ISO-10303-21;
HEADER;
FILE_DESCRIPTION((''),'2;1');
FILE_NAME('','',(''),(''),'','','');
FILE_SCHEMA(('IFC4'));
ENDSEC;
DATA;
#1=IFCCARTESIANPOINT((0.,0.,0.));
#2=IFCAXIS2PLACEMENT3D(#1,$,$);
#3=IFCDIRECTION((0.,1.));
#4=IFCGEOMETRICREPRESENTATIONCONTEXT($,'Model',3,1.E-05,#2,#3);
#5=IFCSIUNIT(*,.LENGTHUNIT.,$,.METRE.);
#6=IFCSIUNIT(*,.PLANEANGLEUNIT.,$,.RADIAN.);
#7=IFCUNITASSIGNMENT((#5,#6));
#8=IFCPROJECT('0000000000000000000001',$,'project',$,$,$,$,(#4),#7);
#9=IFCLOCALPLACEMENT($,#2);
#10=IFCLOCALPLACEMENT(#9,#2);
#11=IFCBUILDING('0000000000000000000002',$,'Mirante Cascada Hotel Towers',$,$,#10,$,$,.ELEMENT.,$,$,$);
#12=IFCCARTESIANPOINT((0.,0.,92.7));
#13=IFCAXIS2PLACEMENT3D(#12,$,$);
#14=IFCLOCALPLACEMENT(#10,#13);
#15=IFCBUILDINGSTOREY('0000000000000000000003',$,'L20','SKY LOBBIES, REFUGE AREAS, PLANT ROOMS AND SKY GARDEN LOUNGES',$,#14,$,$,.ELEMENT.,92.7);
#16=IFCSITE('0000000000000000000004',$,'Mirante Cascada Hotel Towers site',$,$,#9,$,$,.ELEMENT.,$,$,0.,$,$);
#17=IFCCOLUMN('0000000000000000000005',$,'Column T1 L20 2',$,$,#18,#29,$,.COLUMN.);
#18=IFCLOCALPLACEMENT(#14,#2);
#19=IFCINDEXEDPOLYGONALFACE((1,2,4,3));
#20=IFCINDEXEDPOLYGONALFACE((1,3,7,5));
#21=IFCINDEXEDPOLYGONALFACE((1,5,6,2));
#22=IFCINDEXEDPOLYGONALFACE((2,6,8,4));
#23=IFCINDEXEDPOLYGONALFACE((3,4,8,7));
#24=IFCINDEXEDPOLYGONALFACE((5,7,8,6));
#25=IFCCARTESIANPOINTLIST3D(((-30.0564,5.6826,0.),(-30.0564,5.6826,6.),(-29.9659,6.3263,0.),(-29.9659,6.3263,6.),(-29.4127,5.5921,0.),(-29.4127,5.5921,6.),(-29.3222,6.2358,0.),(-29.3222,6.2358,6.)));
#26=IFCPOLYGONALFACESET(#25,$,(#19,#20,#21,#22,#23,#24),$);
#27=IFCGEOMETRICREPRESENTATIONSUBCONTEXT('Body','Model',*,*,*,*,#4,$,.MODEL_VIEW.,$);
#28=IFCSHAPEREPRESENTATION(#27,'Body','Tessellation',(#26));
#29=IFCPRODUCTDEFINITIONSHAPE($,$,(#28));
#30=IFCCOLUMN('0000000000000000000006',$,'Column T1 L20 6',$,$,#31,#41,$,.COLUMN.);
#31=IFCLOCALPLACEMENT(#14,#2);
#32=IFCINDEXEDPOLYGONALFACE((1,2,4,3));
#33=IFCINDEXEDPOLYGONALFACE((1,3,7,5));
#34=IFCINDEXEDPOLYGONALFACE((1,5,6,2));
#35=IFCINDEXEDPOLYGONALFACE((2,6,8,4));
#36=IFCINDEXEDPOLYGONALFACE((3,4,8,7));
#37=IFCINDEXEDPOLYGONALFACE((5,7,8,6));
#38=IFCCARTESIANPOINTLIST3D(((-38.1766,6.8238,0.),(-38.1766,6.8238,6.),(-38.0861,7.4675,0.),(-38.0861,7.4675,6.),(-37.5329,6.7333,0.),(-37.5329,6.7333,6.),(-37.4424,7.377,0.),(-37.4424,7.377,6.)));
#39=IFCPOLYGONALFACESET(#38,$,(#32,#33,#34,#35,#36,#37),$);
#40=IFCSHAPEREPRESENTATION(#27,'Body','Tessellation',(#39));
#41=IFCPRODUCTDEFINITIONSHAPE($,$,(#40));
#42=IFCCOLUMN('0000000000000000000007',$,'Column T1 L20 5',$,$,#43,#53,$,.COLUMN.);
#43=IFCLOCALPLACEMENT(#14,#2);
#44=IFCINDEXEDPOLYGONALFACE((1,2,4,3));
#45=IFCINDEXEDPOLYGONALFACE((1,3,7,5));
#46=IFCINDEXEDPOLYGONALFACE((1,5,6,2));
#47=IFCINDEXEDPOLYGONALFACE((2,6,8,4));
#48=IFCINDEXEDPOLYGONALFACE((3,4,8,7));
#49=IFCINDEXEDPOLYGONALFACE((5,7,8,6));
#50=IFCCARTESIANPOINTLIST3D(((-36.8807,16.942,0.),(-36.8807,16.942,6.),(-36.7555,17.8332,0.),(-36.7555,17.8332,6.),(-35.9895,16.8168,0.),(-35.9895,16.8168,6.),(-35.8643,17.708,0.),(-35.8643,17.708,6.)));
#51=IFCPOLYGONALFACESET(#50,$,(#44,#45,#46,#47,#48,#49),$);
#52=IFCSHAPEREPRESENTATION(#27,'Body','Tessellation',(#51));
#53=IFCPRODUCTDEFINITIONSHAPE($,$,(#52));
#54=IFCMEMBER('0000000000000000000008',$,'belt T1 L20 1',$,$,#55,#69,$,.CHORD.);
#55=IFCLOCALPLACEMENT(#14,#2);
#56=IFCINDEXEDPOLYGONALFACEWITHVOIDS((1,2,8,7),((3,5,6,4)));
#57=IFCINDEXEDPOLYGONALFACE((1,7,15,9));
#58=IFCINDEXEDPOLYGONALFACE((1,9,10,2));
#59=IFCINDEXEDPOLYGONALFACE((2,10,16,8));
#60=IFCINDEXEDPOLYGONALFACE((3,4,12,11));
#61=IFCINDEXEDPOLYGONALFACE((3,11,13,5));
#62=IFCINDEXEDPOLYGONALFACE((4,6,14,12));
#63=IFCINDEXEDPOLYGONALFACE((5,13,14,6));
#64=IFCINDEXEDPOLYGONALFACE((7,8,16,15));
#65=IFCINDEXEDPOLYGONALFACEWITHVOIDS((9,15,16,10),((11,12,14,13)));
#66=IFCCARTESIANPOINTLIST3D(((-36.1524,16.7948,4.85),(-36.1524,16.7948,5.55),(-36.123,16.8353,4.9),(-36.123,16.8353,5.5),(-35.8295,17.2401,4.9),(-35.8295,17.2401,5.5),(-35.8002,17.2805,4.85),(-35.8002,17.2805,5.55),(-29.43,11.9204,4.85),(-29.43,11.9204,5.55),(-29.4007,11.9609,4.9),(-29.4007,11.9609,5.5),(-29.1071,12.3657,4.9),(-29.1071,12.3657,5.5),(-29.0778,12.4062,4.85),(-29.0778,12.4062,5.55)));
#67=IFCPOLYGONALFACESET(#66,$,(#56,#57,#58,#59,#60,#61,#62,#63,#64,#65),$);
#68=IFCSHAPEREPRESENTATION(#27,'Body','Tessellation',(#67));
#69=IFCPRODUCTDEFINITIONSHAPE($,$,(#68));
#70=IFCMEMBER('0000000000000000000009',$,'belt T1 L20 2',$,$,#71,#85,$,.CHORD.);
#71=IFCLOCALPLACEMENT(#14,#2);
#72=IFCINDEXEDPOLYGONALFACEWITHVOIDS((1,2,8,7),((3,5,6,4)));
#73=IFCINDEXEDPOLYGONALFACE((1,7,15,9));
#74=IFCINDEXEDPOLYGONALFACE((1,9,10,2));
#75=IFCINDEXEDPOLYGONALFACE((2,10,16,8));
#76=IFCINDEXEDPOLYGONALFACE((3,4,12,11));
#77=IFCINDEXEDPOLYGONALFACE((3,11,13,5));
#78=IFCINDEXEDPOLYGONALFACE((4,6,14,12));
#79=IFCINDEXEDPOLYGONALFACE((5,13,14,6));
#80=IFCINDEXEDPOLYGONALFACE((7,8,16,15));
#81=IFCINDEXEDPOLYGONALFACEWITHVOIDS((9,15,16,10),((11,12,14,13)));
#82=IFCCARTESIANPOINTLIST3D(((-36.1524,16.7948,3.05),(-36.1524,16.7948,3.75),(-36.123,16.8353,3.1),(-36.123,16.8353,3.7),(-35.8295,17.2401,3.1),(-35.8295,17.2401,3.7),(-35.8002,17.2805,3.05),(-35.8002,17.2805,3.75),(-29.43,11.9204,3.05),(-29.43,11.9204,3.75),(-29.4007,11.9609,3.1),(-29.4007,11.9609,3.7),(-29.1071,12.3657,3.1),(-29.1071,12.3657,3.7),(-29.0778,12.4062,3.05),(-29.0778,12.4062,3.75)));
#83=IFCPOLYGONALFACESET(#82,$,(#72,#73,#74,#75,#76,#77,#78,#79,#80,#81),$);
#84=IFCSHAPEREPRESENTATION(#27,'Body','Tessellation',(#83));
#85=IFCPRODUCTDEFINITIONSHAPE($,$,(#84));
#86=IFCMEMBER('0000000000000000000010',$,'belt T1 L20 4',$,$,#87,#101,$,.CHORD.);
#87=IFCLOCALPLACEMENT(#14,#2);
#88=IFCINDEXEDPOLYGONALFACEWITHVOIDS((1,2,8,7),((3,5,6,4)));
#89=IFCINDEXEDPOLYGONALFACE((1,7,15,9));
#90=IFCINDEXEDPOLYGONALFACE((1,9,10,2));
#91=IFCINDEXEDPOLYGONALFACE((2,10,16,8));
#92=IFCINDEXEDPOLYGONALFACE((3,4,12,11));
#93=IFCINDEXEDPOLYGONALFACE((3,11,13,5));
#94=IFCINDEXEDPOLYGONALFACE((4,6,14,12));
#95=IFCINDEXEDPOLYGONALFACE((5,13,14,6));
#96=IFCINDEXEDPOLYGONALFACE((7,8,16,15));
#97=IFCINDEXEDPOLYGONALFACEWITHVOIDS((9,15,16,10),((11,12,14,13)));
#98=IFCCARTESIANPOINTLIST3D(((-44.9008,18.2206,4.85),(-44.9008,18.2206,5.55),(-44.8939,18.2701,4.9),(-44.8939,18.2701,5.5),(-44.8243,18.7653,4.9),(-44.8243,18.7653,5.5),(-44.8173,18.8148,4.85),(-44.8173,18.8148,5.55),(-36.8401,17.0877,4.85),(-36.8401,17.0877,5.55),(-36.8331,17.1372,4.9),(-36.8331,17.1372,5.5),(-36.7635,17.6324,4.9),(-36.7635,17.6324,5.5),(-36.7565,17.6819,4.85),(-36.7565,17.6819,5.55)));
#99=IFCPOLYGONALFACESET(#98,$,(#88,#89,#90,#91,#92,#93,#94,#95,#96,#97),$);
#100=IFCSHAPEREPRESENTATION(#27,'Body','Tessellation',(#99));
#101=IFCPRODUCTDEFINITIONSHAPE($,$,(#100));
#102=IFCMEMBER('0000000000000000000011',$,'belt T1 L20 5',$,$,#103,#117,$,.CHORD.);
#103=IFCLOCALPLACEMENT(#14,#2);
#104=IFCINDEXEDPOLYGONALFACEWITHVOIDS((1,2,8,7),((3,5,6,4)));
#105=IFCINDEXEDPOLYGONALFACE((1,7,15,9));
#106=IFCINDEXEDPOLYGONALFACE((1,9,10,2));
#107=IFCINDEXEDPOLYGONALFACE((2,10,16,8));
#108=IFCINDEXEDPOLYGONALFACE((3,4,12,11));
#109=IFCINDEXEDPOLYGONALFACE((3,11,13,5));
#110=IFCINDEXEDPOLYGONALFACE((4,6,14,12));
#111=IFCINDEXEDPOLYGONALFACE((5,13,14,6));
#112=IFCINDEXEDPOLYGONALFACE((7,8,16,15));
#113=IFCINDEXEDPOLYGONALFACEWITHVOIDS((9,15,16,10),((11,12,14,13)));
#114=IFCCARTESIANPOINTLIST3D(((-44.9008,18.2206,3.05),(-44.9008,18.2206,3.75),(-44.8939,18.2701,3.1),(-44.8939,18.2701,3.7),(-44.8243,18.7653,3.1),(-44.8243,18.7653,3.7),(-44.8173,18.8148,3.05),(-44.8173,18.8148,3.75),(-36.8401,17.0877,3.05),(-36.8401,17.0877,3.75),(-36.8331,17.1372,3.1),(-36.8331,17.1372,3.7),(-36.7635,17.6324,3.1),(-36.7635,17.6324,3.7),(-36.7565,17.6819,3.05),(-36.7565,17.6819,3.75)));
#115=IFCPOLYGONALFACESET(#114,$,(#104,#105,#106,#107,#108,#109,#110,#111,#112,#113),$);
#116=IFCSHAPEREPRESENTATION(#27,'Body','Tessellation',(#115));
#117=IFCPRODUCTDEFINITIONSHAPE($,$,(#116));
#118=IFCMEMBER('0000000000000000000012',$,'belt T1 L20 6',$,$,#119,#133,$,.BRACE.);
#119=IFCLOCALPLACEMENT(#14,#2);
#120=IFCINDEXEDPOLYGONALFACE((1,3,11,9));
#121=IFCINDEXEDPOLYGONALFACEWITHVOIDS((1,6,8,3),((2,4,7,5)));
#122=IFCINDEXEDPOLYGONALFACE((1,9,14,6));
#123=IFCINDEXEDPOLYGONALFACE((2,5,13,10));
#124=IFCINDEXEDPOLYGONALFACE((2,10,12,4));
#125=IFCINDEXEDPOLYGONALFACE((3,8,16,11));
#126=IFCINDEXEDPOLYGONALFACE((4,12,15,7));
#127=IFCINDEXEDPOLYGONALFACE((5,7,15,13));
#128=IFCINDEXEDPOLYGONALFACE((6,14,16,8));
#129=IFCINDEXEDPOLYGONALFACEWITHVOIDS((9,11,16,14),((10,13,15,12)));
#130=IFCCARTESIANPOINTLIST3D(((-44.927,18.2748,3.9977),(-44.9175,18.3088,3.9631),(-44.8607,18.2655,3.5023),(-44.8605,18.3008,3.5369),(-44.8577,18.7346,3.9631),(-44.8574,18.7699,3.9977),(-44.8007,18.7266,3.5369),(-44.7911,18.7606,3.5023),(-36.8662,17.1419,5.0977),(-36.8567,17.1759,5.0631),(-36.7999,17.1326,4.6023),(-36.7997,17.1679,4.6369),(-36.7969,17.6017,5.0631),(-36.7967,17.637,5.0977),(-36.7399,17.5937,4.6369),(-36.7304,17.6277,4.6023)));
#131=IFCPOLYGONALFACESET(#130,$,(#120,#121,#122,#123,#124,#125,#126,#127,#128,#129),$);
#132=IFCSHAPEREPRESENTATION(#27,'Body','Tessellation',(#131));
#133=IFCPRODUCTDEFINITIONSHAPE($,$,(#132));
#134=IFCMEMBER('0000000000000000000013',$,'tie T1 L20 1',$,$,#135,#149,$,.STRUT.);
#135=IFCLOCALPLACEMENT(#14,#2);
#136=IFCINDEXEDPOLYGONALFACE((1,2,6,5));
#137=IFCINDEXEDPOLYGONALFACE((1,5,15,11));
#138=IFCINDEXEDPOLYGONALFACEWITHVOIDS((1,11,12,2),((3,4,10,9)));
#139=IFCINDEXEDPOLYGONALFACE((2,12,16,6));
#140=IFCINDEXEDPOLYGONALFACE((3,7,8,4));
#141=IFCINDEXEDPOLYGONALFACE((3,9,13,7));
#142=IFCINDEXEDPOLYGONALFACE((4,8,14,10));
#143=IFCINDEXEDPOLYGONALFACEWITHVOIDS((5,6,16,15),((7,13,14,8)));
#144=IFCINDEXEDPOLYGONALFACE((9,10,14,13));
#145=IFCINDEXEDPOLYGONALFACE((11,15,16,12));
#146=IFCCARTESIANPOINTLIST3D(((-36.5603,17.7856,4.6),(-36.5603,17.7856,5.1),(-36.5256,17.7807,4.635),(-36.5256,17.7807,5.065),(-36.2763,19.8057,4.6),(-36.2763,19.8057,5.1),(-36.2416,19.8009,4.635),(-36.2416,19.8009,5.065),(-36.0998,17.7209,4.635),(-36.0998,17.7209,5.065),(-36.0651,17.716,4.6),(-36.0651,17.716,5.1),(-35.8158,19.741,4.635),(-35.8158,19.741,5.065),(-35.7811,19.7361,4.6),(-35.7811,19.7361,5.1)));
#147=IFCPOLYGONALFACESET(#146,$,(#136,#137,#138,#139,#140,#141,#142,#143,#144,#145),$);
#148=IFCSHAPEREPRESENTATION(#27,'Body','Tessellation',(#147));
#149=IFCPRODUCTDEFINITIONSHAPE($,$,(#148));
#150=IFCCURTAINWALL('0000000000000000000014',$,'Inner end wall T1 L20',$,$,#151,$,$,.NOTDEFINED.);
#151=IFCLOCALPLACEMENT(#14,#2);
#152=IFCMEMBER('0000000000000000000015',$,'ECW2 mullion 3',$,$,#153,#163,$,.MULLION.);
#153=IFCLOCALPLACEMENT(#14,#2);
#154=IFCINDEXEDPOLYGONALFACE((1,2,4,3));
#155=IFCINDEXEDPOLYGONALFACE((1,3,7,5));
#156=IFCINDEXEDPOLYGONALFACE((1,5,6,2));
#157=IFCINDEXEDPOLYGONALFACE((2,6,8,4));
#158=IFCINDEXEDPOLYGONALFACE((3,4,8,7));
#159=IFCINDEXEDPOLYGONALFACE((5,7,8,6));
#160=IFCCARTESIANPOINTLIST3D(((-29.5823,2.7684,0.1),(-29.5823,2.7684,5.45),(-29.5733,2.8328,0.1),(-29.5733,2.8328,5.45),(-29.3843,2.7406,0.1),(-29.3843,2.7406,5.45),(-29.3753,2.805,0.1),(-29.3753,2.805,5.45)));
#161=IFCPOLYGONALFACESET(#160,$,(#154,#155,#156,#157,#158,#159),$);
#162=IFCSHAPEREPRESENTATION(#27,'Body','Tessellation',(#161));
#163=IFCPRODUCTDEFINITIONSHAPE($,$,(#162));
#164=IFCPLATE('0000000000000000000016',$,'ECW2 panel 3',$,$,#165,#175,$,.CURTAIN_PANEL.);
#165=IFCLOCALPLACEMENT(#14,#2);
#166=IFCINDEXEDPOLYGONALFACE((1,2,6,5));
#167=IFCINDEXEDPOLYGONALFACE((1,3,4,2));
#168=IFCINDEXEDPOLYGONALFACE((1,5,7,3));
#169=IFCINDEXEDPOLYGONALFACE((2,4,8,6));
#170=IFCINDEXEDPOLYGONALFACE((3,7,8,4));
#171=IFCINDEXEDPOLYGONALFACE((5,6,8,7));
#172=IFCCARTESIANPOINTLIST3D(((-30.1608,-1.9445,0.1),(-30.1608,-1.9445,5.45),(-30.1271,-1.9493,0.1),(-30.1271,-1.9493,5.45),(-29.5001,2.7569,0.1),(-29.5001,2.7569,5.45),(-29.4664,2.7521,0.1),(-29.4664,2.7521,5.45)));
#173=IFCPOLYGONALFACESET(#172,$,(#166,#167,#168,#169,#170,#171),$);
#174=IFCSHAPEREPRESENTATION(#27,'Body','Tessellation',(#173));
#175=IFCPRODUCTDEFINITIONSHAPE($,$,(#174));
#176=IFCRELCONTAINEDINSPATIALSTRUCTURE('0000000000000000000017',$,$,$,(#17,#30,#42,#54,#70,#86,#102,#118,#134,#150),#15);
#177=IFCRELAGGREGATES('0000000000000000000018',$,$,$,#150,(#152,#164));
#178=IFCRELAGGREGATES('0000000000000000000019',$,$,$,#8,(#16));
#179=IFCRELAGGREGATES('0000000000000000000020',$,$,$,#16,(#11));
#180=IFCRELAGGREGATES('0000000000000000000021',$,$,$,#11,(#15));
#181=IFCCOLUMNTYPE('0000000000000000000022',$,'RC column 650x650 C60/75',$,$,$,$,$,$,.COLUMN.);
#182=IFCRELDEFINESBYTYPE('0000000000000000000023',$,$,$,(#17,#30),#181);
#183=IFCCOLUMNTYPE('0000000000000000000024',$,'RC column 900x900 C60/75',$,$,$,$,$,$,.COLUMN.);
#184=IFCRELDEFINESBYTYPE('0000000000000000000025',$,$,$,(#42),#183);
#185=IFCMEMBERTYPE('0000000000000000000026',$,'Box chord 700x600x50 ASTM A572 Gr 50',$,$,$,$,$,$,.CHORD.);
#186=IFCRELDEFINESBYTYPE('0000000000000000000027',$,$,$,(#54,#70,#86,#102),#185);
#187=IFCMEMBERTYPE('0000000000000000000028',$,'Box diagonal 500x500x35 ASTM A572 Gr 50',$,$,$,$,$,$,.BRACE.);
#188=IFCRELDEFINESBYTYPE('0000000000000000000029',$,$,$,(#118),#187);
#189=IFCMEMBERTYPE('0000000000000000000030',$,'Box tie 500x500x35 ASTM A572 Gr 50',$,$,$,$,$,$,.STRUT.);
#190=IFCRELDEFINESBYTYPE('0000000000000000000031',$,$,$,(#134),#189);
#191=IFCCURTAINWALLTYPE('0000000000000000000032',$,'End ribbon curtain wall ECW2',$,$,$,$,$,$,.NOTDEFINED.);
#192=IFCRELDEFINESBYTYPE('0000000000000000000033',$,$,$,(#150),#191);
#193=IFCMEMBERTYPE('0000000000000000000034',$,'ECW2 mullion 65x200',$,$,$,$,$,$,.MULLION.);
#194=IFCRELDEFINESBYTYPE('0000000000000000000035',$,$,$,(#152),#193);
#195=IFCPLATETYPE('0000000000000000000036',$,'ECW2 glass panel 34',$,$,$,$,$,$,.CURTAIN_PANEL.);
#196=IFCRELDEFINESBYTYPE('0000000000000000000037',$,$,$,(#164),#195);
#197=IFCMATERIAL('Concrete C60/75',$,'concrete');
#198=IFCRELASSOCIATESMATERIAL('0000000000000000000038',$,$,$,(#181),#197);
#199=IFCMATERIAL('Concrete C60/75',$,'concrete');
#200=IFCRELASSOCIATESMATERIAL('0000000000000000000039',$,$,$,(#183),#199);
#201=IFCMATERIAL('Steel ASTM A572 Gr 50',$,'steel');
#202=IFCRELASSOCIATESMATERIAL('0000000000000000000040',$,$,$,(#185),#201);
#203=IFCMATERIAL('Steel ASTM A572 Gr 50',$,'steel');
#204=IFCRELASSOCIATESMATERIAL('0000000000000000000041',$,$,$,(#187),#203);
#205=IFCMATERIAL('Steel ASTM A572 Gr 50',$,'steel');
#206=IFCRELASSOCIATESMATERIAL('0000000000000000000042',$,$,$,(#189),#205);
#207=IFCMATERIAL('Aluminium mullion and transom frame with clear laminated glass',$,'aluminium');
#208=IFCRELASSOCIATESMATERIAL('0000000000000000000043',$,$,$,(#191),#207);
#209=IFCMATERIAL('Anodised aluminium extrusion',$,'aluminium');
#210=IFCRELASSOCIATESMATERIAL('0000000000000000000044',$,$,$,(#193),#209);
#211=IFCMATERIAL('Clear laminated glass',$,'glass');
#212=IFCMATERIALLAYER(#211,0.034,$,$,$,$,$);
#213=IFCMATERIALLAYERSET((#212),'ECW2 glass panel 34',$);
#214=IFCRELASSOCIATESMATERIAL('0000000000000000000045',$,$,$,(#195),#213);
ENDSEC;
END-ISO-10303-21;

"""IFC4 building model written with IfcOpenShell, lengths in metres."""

from ifc_helpers import new_model, si_unit, direction, frame, origin, origin_2d, place, context, subcontext, project, spatial, rectangle, hollow_rectangle, extrude, material, layer, layer_set, material_profile, profile_set, type_object, element, aggregate, save


model = new_model("IFC4")

# Units and contexts
model_context = context("Model", 3, precision=1e-05, world=origin(), true_north=direction((0.0, 1.0)))
body_context = subcontext(model_context, "Body", "Model", "MODEL_VIEW")
ifc_project = project(units=[si_unit("LENGTHUNIT", "METRE"), si_unit("PLANEANGLEUNIT", "RADIAN")], contexts=[model_context])

# Site, building, storey
site_placement = place(None, origin())
site = spatial("IfcSite", under=ifc_project, at=site_placement, Name="Mirante Cascada Hotel Towers site", CompositionType="ELEMENT", RefElevation=0.0)
building_placement = place(site_placement, origin())
building = spatial("IfcBuilding", under=site, at=building_placement, Name="Mirante Cascada Hotel Towers", CompositionType="ELEMENT")
storey_placement = place(building_placement, frame((0.0, 0.0, 92.7)))
storey = spatial("IfcBuildingStorey", under=building, at=storey_placement, Name="L20", Description="SKY LOBBIES, REFUGE AREAS, PLANT ROOMS AND SKY GARDEN LOUNGES", CompositionType="ELEMENT", Elevation=92.7)

# Columns
ifc_material_1 = material(Name="Concrete C60/75", Category="concrete")
ifc_material_profile_1 = material_profile(ifc_material_1, rectangle(XDim=0.65, YDim=0.65, at=origin_2d()), Name="RC column 650x650 C60/75")
ifc_profile_set_1 = profile_set([ifc_material_profile_1], Name="Concrete C60/75")
column_type_1 = type_object("IfcColumnType", Name="RC column 650x650 C60/75", PredefinedType="COLUMN", material=ifc_profile_set_1)
for number, where, z_axis, x_axis, name in (
    (1, (-29.6893, 5.9592, 0.0), (0.0, 0.0, 1.0), (-0.990268, 0.139173, 0.0), "Column T1 L20 2"),
    (2, (-37.8095, 7.1004, 0.0), (0.0, 0.0, 1.0), (-0.990268, 0.139173, 0.0), "Column T1 L20 6"),
):
    element("IfcColumn", number, at=place(storey_placement, frame(where, z_axis=z_axis, x_axis=x_axis)), inside=storey, type_object=column_type_1, Name=name, PredefinedType="COLUMN", context=body_context, shape_type="SweptSolid", body=[
        extrude(rectangle(XDim=0.65, YDim=0.65, at=origin_2d()), origin(), (0.0, 0.0, 1.0), 6.0),
    ])
ifc_material_2 = material(Name="Concrete C60/75", Category="concrete")
ifc_material_profile_2 = material_profile(ifc_material_2, rectangle(XDim=0.9, YDim=0.9, at=origin_2d()), Name="RC column 900x900 C60/75")
ifc_profile_set_2 = profile_set([ifc_material_profile_2], Name="Concrete C60/75")
column_type_2 = type_object("IfcColumnType", Name="RC column 900x900 C60/75", PredefinedType="COLUMN", material=ifc_profile_set_2)
column_placement = place(storey_placement, frame((-36.3725, 17.325, 0.0), z_axis=(0.0, 0.0, 1.0), x_axis=(-0.990268, 0.139173, 0.0)))
element("IfcColumn", 3, at=column_placement, inside=storey, type_object=column_type_2, Name="Column T1 L20 5", PredefinedType="COLUMN", context=body_context, shape_type="SweptSolid", body=[
    extrude(rectangle(XDim=0.9, YDim=0.9, at=origin_2d()), origin(), (0.0, 0.0, 1.0), 6.0),
])

# Members
ifc_material_3 = material(Name="Steel ASTM A572 Gr 50", Category="steel")
ifc_material_profile_3 = material_profile(ifc_material_3, hollow_rectangle(XDim=0.6, YDim=0.7, WallThickness=0.05, at=origin_2d()), Name="Box chord 700x600x50 ASTM A572 Gr 50")
ifc_profile_set_3 = profile_set([ifc_material_profile_3], Name="Steel ASTM A572 Gr 50")
member_type_1 = type_object("IfcMemberType", Name="Box chord 700x600x50 ASTM A572 Gr 50", PredefinedType="CHORD", material=ifc_profile_set_3)
for number, where, z_axis, x_axis, name in (
    (4, (-29.2539, 12.1633, 5.2), (-0.809573, 0.58702, 0.0), (-0.58702, -0.809573, 0.0), "belt T1 L20 1"),
    (5, (-29.2539, 12.1633, 3.4), (-0.809573, 0.58702, 0.0), (-0.58702, -0.809573, 0.0), "belt T1 L20 2"),
):
    element("IfcMember", number, at=place(storey_placement, frame(where, z_axis=z_axis, x_axis=x_axis)), inside=storey, type_object=member_type_1, Name=name, PredefinedType="CHORD", context=body_context, shape_type="SweptSolid", body=[
        extrude(hollow_rectangle(XDim=0.6, YDim=0.7, WallThickness=0.05, at=origin_2d()), origin(), (0.0, 0.0, 1.0), 8.3036),
    ])
for number, where, z_axis, x_axis, name in (
    (6, (-36.7983, 17.3848, 5.2), (-0.990268, 0.139177, 0.0), (-0.139177, -0.990268, 0.0), "belt T1 L20 4"),
    (7, (-36.7983, 17.3848, 3.4), (-0.990268, 0.139177, 0.0), (-0.139177, -0.990268, 0.0), "belt T1 L20 5"),
):
    element("IfcMember", number, at=place(storey_placement, frame(where, z_axis=z_axis, x_axis=x_axis)), inside=storey, type_object=member_type_1, Name=name, PredefinedType="CHORD", context=body_context, shape_type="SweptSolid", body=[
        extrude(hollow_rectangle(XDim=0.6, YDim=0.7, WallThickness=0.05, at=origin_2d()), origin(), (0.0, 0.0, 1.0), 8.14),
    ])
ifc_material_4 = material(Name="Steel ASTM A572 Gr 50", Category="steel")
ifc_material_profile_4 = material_profile(ifc_material_4, hollow_rectangle(XDim=0.5, YDim=0.5, WallThickness=0.035, at=origin_2d()), Name="Box diagonal 500x500x35 ASTM A572 Gr 50")
ifc_profile_set_4 = profile_set([ifc_material_profile_4], Name="Steel ASTM A572 Gr 50")
member_type_2 = type_object("IfcMemberType", Name="Box diagonal 500x500x35 ASTM A572 Gr 50", PredefinedType="BRACE", material=ifc_profile_set_4)
member_1_placement = place(storey_placement, frame((-36.7983, 17.3848, 4.85), z_axis=(-0.981348, 0.137923, -0.133917), x_axis=(-0.139177, -0.990268, 0.0)))
element("IfcMember", 8, at=member_1_placement, inside=storey, type_object=member_type_2, Name="belt T1 L20 6", PredefinedType="BRACE", context=body_context, shape_type="SweptSolid", body=[
    extrude(hollow_rectangle(XDim=0.5, YDim=0.5, WallThickness=0.035, at=origin_2d()), origin(), (0.0, 0.0, 1.0), 8.214),
])
ifc_material_5 = material(Name="Steel ASTM A572 Gr 50", Category="steel")
ifc_material_profile_5 = material_profile(ifc_material_5, hollow_rectangle(XDim=0.5, YDim=0.5, WallThickness=0.035, at=origin_2d()), Name="Box tie 500x500x35 ASTM A572 Gr 50")
ifc_profile_set_5 = profile_set([ifc_material_profile_5], Name="Steel ASTM A572 Gr 50")
member_type_3 = type_object("IfcMemberType", Name="Box tie 500x500x35 ASTM A572 Gr 50", PredefinedType="STRUT", material=ifc_profile_set_5)
member_2_placement = place(storey_placement, frame((-36.3127, 17.7508, 4.85), z_axis=(0.139218, 0.990262, 0.0), x_axis=(-0.990262, 0.139218, 0.0)))
element("IfcMember", 9, at=member_2_placement, inside=storey, type_object=member_type_3, Name="tie T1 L20 1", PredefinedType="STRUT", context=body_context, shape_type="SweptSolid", body=[
    extrude(hollow_rectangle(XDim=0.5, YDim=0.5, WallThickness=0.035, at=origin_2d()), origin(), (0.0, 0.0, 1.0), 2.04),
])

# Curtain wall, member, plate
ifc_material_6 = material(Name="Aluminium mullion and transom frame with clear laminated glass", Category="aluminium")
curtain_wall_type = type_object("IfcCurtainWallType", Name="End ribbon curtain wall ECW2", PredefinedType="NOTDEFINED", material=ifc_material_6)
curtain_wall_placement = place(storey_placement, origin())
curtain_wall = element("IfcCurtainWall", 10, at=curtain_wall_placement, inside=storey, type_object=curtain_wall_type, Name="Inner end wall T1 L20", PredefinedType="NOTDEFINED")
ifc_material_7 = material(Name="Anodised aluminium extrusion", Category="aluminium")
ifc_material_profile_6 = material_profile(ifc_material_7, rectangle(XDim=0.2, YDim=0.065, at=origin_2d()), Name="ECW2 MULLION 65x200")
ifc_profile_set_6 = profile_set([ifc_material_profile_6], Name="Anodised aluminium extrusion")
member_type_4 = type_object("IfcMemberType", Name="ECW2 mullion 65x200", PredefinedType="MULLION", material=ifc_profile_set_6)
member_3_placement = place(storey_placement, frame((-29.4788, 2.7867, 0.1), z_axis=(0.0, 0.0, 1.0), x_axis=(0.990268, -0.139173, 0.0)))
member_3 = element("IfcMember", 11, at=member_3_placement, type_object=member_type_4, Name="ECW2 mullion 3", PredefinedType="MULLION", context=body_context, shape_type="SweptSolid", body=[
    extrude(rectangle(XDim=0.2, YDim=0.065, at=origin_2d()), origin(), (0.0, 0.0, 1.0), 5.35),
])
ifc_material_8 = material(Name="Clear laminated glass", Category="glass")
ifc_layer_1 = layer(ifc_material_8, 0.034)
ifc_layer_set_1 = layer_set([ifc_layer_1], Name="ECW2 glass panel 34")
plate_type = type_object("IfcPlateType", Name="ECW2 glass panel 34", PredefinedType="CURTAIN_PANEL", material=ifc_layer_set_1)
plate_placement = place(storey_placement, frame((-29.8136, 0.4038, 0.1), z_axis=(0.0, 0.0, 1.0), x_axis=(-0.139173, -0.990268, 0.0)))
plate = element("IfcPlate", 12, at=plate_placement, type_object=plate_type, Name="ECW2 panel 3", PredefinedType="CURTAIN_PANEL", context=body_context, shape_type="SweptSolid", body=[
    extrude(rectangle(XDim=4.7476, YDim=0.034, at=origin_2d()), origin(), (0.0, 0.0, 1.0), 5.35),
])
aggregate(curtain_wall, [member_3, plate])

save(model, "model.ifc")
